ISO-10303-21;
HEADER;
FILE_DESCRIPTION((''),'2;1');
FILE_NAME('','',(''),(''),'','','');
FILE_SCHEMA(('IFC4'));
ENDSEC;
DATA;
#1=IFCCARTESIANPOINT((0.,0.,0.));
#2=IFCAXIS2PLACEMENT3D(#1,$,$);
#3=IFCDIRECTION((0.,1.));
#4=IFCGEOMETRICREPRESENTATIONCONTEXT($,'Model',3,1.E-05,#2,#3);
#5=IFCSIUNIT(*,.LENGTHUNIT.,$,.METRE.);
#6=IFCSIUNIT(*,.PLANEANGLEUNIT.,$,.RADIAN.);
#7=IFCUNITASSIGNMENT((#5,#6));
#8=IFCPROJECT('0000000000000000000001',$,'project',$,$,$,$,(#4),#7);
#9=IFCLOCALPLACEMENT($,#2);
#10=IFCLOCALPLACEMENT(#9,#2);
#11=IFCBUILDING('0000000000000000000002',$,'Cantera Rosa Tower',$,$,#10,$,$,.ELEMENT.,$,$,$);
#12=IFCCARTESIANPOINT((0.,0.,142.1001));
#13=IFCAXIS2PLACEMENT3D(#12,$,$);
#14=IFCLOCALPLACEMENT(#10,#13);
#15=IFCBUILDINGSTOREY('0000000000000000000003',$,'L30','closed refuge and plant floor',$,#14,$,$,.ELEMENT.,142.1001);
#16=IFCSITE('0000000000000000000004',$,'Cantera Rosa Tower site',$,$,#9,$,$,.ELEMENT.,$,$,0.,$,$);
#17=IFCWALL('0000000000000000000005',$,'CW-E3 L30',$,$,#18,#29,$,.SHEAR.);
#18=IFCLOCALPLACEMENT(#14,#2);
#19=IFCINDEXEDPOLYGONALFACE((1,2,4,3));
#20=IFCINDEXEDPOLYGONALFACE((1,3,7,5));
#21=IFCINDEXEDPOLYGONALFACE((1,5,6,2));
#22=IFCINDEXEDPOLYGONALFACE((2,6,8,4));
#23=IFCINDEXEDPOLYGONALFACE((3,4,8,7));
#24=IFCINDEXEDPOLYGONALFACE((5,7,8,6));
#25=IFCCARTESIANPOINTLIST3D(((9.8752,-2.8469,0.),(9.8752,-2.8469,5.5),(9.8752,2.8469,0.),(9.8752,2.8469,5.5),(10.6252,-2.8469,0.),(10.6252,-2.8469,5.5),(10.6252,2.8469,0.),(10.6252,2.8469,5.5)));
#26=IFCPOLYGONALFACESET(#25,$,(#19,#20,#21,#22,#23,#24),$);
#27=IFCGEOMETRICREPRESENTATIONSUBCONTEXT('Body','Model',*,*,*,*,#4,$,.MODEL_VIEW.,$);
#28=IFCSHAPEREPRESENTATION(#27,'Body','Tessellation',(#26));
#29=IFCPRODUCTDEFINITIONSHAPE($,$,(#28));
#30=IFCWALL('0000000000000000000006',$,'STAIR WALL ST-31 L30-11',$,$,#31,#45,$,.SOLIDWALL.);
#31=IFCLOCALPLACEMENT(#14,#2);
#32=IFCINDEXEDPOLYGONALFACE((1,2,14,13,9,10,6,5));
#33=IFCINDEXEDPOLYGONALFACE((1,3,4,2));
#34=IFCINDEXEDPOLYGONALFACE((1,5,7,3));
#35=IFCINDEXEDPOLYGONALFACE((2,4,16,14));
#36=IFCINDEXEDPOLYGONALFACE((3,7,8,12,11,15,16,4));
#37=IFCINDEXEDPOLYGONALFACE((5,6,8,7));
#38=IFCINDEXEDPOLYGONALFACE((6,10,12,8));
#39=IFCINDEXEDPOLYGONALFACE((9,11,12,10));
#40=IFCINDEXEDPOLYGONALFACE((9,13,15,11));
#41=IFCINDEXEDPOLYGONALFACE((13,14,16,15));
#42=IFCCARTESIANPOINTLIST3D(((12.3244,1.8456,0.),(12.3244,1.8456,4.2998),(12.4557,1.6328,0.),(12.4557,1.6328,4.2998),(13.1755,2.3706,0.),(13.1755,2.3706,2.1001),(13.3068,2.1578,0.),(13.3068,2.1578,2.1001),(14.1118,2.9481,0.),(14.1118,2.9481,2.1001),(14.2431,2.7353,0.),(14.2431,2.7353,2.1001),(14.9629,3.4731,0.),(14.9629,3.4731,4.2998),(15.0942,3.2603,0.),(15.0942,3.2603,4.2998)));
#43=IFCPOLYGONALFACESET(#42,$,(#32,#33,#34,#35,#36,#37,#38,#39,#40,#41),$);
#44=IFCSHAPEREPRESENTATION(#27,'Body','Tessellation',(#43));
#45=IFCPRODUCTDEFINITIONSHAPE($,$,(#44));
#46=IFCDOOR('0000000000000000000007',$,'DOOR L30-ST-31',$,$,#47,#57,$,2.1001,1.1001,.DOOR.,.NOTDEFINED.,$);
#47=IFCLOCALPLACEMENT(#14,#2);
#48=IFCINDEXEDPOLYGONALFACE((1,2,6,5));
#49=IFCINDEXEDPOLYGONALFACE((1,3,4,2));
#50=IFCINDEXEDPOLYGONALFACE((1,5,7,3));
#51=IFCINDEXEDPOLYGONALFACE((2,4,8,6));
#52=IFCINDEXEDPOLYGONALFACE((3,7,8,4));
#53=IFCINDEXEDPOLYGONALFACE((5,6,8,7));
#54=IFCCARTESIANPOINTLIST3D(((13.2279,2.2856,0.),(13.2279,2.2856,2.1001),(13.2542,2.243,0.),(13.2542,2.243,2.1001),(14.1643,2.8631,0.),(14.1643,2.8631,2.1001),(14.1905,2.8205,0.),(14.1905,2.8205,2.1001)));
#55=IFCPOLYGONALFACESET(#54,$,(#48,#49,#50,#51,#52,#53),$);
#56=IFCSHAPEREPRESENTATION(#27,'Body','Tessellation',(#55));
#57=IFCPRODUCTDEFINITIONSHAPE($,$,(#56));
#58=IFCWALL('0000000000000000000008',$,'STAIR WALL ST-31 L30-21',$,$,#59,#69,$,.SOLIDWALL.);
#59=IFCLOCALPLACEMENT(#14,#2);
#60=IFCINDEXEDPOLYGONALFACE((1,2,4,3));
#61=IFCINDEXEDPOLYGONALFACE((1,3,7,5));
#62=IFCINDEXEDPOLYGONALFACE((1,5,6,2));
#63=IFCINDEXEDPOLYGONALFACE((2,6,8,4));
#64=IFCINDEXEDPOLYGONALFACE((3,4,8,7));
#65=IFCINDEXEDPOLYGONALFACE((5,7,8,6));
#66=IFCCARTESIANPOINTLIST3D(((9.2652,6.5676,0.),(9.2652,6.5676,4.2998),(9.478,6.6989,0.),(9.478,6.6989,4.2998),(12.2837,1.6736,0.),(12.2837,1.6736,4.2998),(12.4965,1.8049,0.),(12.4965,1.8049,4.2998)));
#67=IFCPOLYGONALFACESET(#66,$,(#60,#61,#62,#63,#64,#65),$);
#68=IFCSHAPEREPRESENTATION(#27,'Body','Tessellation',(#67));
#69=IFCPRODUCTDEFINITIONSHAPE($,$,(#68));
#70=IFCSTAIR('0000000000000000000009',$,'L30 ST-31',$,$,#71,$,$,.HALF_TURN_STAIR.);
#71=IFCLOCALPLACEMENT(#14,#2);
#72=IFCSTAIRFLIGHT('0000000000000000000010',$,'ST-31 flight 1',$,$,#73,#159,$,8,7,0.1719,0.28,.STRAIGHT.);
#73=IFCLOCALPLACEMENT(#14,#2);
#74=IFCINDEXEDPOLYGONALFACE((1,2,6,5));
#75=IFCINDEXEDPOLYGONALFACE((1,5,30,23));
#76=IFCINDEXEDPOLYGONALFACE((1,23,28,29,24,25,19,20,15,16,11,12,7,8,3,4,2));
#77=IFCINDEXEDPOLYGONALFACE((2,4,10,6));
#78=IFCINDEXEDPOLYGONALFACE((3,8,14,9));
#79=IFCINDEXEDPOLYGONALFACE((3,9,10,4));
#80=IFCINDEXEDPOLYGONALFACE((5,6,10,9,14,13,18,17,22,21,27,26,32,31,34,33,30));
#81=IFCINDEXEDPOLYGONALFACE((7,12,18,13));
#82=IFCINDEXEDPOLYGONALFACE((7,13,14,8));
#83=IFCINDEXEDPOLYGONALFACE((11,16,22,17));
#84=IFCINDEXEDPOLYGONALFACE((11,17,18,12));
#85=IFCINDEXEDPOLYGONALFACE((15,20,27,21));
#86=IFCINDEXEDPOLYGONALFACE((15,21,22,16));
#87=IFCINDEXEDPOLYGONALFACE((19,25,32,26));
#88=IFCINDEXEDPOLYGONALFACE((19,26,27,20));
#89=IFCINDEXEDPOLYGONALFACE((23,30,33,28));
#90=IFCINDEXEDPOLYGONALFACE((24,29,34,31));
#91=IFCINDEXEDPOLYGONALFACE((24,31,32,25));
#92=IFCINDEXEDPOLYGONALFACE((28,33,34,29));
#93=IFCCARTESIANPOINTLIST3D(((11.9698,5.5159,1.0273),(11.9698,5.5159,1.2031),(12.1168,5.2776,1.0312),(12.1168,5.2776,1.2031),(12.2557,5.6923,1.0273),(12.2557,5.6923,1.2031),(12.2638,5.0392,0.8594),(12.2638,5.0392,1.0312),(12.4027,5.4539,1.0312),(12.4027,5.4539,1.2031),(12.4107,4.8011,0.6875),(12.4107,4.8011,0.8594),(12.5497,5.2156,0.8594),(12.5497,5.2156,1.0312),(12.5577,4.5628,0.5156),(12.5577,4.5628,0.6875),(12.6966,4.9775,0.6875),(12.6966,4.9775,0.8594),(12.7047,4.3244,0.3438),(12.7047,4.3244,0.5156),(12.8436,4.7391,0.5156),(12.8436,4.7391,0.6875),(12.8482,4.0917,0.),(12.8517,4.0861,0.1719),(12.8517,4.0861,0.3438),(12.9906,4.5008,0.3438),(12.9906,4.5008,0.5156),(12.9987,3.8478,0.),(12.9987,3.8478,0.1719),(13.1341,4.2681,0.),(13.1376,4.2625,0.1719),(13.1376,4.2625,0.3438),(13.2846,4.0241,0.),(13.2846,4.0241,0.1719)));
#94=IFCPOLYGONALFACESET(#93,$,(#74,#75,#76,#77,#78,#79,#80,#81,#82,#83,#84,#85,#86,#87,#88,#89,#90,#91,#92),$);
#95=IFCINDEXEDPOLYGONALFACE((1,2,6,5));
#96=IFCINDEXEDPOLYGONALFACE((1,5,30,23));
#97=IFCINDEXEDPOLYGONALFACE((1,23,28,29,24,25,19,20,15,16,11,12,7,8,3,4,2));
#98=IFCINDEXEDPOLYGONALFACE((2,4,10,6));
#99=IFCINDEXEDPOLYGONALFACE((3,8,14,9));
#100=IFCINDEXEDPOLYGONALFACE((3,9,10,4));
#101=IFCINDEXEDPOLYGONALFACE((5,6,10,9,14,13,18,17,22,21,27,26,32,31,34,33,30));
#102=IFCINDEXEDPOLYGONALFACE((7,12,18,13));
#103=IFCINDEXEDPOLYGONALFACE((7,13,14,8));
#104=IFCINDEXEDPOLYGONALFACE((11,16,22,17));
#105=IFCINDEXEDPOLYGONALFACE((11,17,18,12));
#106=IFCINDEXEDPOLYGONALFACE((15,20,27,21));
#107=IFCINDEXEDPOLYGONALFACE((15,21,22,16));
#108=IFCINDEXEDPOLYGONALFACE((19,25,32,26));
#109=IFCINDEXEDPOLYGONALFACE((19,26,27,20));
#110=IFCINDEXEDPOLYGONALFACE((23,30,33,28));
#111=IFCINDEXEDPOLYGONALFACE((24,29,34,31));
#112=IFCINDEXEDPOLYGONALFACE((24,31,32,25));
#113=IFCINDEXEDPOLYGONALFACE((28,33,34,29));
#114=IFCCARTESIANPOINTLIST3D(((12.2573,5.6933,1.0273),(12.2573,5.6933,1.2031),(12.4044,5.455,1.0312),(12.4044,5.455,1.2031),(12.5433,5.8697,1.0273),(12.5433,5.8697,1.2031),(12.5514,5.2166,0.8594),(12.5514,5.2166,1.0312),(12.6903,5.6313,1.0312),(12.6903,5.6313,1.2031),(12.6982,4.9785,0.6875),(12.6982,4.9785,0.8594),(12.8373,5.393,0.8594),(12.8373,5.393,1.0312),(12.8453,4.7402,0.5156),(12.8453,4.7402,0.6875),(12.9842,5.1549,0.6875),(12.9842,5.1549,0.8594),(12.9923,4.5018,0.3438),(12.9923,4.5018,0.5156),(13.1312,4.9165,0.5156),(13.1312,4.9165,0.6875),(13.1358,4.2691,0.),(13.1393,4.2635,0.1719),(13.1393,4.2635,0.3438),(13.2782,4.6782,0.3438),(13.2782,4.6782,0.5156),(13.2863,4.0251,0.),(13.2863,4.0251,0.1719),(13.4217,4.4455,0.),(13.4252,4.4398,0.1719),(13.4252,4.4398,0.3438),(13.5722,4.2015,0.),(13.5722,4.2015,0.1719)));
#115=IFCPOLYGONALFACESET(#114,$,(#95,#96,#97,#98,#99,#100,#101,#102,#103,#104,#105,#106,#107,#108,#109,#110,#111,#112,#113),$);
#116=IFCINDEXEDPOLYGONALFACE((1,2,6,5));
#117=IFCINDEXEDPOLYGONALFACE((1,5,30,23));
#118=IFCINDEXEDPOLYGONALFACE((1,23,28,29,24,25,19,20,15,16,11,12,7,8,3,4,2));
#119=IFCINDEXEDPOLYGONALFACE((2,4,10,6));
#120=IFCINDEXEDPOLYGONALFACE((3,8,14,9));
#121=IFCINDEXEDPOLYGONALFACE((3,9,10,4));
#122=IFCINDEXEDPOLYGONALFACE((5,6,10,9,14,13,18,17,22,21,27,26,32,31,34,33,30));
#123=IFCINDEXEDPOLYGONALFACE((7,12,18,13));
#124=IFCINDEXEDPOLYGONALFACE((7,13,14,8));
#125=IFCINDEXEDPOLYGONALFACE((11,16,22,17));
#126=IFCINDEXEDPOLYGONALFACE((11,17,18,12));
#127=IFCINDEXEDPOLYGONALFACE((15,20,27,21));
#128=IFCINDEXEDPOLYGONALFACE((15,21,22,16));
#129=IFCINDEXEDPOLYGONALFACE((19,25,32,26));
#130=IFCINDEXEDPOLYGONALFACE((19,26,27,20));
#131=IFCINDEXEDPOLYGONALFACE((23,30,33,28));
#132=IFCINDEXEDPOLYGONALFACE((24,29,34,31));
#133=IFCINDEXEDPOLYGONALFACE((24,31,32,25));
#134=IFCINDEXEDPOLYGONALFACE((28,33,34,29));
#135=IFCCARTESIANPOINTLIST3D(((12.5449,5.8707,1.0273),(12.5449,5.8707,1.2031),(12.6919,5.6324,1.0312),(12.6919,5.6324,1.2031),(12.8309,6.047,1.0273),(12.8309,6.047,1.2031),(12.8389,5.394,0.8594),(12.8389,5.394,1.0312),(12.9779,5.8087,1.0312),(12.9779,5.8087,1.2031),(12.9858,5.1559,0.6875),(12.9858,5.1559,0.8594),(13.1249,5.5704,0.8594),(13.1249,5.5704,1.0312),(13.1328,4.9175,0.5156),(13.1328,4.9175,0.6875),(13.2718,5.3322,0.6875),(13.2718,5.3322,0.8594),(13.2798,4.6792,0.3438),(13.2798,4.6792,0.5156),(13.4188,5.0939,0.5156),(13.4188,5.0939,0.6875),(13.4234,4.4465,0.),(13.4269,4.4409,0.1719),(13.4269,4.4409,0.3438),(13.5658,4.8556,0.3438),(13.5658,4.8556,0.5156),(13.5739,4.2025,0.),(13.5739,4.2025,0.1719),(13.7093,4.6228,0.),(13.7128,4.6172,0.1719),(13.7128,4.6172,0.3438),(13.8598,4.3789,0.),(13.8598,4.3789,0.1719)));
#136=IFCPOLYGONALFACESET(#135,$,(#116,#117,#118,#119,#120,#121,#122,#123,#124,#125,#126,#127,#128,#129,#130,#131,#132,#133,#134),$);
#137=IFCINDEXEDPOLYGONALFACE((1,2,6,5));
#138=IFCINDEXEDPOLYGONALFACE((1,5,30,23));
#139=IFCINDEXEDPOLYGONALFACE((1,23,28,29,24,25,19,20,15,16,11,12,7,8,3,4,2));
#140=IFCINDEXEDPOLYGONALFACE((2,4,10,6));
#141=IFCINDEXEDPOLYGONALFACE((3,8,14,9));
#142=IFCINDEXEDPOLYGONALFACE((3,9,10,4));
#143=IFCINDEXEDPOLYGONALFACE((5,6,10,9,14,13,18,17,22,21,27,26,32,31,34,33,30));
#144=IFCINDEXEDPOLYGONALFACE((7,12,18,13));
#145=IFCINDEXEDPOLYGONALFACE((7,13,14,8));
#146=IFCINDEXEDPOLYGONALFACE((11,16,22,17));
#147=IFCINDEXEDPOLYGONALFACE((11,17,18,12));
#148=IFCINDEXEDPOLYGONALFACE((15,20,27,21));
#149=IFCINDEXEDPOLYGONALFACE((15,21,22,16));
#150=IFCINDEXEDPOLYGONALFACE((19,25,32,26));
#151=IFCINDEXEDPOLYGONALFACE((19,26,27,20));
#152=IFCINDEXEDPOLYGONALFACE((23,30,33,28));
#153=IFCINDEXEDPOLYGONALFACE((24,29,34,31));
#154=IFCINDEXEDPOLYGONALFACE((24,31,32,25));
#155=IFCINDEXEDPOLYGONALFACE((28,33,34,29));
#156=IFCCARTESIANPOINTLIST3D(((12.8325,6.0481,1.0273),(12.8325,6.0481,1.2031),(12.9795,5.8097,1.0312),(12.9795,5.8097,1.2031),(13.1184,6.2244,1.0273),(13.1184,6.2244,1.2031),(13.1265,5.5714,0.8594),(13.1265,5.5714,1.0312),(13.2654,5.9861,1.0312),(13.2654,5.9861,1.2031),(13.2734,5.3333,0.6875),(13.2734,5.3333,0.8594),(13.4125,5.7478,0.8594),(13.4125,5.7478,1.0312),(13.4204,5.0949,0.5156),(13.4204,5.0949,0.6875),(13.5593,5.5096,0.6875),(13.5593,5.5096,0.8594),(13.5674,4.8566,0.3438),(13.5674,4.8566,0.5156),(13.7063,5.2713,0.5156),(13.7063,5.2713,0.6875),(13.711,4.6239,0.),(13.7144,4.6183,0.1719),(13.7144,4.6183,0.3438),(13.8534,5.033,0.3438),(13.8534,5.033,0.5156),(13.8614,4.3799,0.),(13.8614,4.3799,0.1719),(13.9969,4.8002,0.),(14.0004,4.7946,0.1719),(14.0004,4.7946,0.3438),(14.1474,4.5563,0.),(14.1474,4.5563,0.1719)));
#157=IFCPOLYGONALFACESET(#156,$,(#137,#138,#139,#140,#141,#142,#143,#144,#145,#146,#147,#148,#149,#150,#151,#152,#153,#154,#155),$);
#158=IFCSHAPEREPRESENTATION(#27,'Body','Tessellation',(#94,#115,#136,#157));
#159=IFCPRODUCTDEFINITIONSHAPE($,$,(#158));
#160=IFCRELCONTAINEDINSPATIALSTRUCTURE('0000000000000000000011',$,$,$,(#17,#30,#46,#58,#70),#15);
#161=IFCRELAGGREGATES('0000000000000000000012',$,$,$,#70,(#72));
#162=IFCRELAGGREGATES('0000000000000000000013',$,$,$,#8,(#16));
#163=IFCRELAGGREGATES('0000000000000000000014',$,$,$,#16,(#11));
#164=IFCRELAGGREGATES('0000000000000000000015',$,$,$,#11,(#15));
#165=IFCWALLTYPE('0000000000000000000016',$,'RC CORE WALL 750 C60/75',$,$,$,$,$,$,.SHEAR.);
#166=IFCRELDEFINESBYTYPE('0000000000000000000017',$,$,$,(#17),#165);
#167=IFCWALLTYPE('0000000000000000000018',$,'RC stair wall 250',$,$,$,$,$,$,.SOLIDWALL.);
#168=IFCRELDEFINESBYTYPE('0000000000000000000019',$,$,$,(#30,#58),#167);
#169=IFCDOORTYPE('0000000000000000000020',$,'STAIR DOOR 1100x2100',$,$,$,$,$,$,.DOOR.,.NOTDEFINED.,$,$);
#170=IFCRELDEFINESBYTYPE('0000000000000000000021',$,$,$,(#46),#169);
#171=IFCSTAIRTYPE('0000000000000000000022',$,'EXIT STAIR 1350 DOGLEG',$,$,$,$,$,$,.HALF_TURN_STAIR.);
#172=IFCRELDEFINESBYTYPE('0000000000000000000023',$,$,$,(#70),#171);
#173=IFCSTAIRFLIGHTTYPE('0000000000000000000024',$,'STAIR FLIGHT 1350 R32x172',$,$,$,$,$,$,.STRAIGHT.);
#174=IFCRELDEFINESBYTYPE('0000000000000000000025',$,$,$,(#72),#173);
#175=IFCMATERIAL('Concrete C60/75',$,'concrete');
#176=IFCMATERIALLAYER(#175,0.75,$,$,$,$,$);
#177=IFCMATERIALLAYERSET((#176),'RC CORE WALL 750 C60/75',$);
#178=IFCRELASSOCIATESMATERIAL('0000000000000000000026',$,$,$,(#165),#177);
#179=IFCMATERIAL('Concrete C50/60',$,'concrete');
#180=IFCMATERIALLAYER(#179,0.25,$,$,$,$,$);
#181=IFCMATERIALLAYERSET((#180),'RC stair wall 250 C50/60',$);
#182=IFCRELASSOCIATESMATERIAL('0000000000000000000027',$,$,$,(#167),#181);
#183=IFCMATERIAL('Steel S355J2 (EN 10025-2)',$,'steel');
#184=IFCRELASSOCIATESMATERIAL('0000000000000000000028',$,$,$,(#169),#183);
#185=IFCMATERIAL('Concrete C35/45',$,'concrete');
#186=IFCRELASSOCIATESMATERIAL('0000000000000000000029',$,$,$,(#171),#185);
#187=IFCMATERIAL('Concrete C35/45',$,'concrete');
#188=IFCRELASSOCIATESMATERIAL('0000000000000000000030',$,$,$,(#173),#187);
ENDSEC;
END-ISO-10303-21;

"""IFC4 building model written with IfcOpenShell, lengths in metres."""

from ifc_helpers import new_model, si_unit, direction, frame, frame_2d, origin, place, context, subcontext, project, spatial, polyline, rectangle, outline, extrude, material, layer, layer_set, type_object, element, fill, aggregate, save


model = new_model("IFC4")

# Units and contexts
model_context = context("Model", 3, precision=1e-05, world=origin(), true_north=direction((0.0, 1.0)))
body_context = subcontext(model_context, "Body", "Model", "MODEL_VIEW")
ifc_project = project(units=[si_unit("LENGTHUNIT", "METRE"), si_unit("PLANEANGLEUNIT", "RADIAN")], contexts=[model_context])

# Site, building, storey
site_placement = place(None, origin())
site = spatial("IfcSite", under=ifc_project, at=site_placement, Name="Cantera Rosa Tower site", CompositionType="ELEMENT", RefElevation=0.0)
building_placement = place(site_placement, origin())
building = spatial("IfcBuilding", under=site, at=building_placement, Name="Cantera Rosa Tower", CompositionType="ELEMENT")
storey_placement = place(building_placement, frame((0.0, 0.0, 142.1001)))
storey = spatial("IfcBuildingStorey", under=building, at=storey_placement, Name="L30", Description="closed refuge and plant floor", CompositionType="ELEMENT", Elevation=142.1001)

# Wall
ifc_material_1 = material(Name="Concrete C60/75", Category="concrete")
ifc_layer_1 = layer(ifc_material_1, 0.75)
ifc_layer_set_1 = layer_set([ifc_layer_1], Name="RC CORE WALL 750 C60/75")
wall_type_1 = type_object("IfcWallType", Name="RC CORE WALL 750 C60/75", PredefinedType="SHEAR", material=ifc_layer_set_1)
wall_1_placement = place(storey_placement, frame((10.2502, 2.8469, 0.0), z_axis=(0.0, 0.0, 1.0), x_axis=(0.0, -1.0, 0.0)))
element("IfcWall", 1, at=wall_1_placement, inside=storey, type_object=wall_type_1, Name="CW-E3 L30", PredefinedType="SHEAR", context=body_context, shape_type="SweptSolid", body=[
    extrude(rectangle(XDim=5.6938, YDim=0.75, at=frame_2d((2.8469, 0.0))), origin(), (0.0, 0.0, 1.0), 5.5),
])

# Wall, opening, door
ifc_material_2 = material(Name="Concrete C50/60", Category="concrete")
ifc_layer_2 = layer(ifc_material_2, 0.25)
ifc_layer_set_2 = layer_set([ifc_layer_2], Name="RC stair wall 250 C50/60")
wall_type_2 = type_object("IfcWallType", Name="RC stair wall 250", PredefinedType="SOLIDWALL", material=ifc_layer_set_2)
wall_2_placement = place(storey_placement, frame((15.0286, 3.3667, 0.0), z_axis=(0.0, 0.0, 1.0), x_axis=(-0.851112, -0.524985, 0.0)))
wall_2 = element("IfcWall", 2, at=wall_2_placement, inside=storey, type_object=wall_type_2, Name="STAIR WALL ST-31 L30-11", PredefinedType="SOLIDWALL", context=body_context, shape_type="SweptSolid", body=[
    extrude(rectangle(XDim=3.1001, YDim=0.25, at=frame_2d((1.55, 0.0))), origin(), (0.0, 0.0, 1.0), 4.2998),
])
opening_placement = place(wall_2_placement, frame((1.0, 0.0, 0.0)))
opening = element("IfcOpeningElement", 3, at=opening_placement, cuts=wall_2, PredefinedType="OPENING", context=body_context, shape_type="SweptSolid", body=[
    extrude(rectangle(XDim=1.1001, YDim=2.1001, at=frame_2d((0.55, 1.05))), frame((0.0, 0.135, 0.0), z_axis=(0.0, -1.0, 0.0), x_axis=(1.0, 0.0, 0.0)), (0.0, 0.0, 1.0), 0.27),
])
ifc_material_3 = material(Name="Steel S355J2 (EN 10025-2)", Category="steel")
door_type = type_object("IfcDoorType", Name="STAIR DOOR 1100x2100", OperationType="NOTDEFINED", PredefinedType="DOOR", material=ifc_material_3)
door_placement = place(opening_placement, origin())
door = element("IfcDoor", 4, at=door_placement, inside=storey, type_object=door_type, Name="DOOR L30-ST-31", OperationType="NOTDEFINED", OverallHeight=2.1001, OverallWidth=1.1001, PredefinedType="DOOR", context=body_context, shape_type="SweptSolid", body=[
    extrude(rectangle(XDim=1.1001, YDim=2.1001, at=frame_2d((0.55, 1.05))), frame((0.0, 0.0249, 0.0), z_axis=(0.0, -1.0, 0.0), x_axis=(1.0, 0.0, 0.0)), (0.0, 0.0, 1.0), 0.05),
])
fill(opening, door)

# Wall
wall_3_placement = place(storey_placement, frame((12.3901, 1.7393, 0.0), z_axis=(0.0, 0.0, 1.0), x_axis=(-0.524959, 0.851127, 0.0)))
element("IfcWall", 5, at=wall_3_placement, inside=storey, type_object=wall_type_2, Name="STAIR WALL ST-31 L30-21", PredefinedType="SOLIDWALL", context=body_context, shape_type="SweptSolid", body=[
    extrude(rectangle(XDim=5.75, YDim=0.25, at=frame_2d((2.875, 0.0))), origin(), (0.0, 0.0, 1.0), 4.2998),
])

# Stair, stair flight
ifc_material_4 = material(Name="Concrete C35/45", Category="concrete")
stair_type = type_object("IfcStairType", Name="EXIT STAIR 1350 DOGLEG", PredefinedType="HALF_TURN_STAIR", material=ifc_material_4)
stair_1_placement = place(storey_placement, origin())
stair_1 = element("IfcStair", 6, at=stair_1_placement, inside=storey, type_object=stair_type, Name="L30 ST-31", PredefinedType="HALF_TURN_STAIR")
ifc_material_5 = material(Name="Concrete C35/45", Category="concrete")
stair_flight_type = type_object("IfcStairFlightType", Name="STAIR FLIGHT 1350 R32x172", PredefinedType="STRAIGHT", material=ifc_material_5)
stair_flight_1_placement = place(storey_placement, frame((13.5732, 4.2021, 0.0), z_axis=(0.0, 0.0, 1.0), x_axis=(-0.524977, 0.851117, 0.0)))
stair_flight_1 = element("IfcStairFlight", 7, at=stair_flight_1_placement, type_object=stair_flight_type, Name="ST-31 flight 1", NumberOfRisers=8, NumberOfTreads=7, PredefinedType="STRAIGHT", RiserHeight=0.1719, TreadLength=0.28, context=body_context, shape_type="SweptSolid", body=[
    extrude(outline(polyline([(0.0, 0.0), (0.0, 0.1719), (0.28, 0.1719), (0.28, 0.3438), (0.5601, 0.3438), (0.5601, 0.5156), (0.8401, 0.5156), (0.8401, 0.6875), (1.1201, 0.6875), (1.1201, 0.8594), (1.3999, 0.8594), (1.3999, 1.0312), (1.6799, 1.0312), (1.6799, 1.2031), (1.96, 1.2031), (1.96, 1.375), (1.96, 1.0273), (0.2866, 0.0), (0.0, 0.0)])), frame((0.0, 0.675, 0.0), z_axis=(0.0, -1.0, 0.0), x_axis=(1.0, 0.0, 0.0)), (0.0, 0.0, 1.0), 0.3359),
    extrude(outline(polyline([(0.0, 0.0), (0.0, 0.1719), (0.28, 0.1719), (0.28, 0.3438), (0.5601, 0.3438), (0.5601, 0.5156), (0.8401, 0.5156), (0.8401, 0.6875), (1.1201, 0.6875), (1.1201, 0.8594), (1.3999, 0.8594), (1.3999, 1.0312), (1.6799, 1.0312), (1.6799, 1.2031), (1.96, 1.2031), (1.96, 1.375), (1.96, 1.0273), (0.2866, 0.0), (0.0, 0.0)])), frame((0.0, 0.3372, 0.0), z_axis=(0.0, -1.0, 0.0), x_axis=(1.0, 0.0, 0.0)), (0.0, 0.0, 1.0), 0.3359),
    extrude(outline(polyline([(0.0, 0.0), (0.0, 0.1719), (0.28, 0.1719), (0.28, 0.3438), (0.5601, 0.3438), (0.5601, 0.5156), (0.8401, 0.5156), (0.8401, 0.6875), (1.1201, 0.6875), (1.1201, 0.8594), (1.3999, 0.8594), (1.3999, 1.0312), (1.6799, 1.0312), (1.6799, 1.2031), (1.96, 1.2031), (1.96, 1.375), (1.96, 1.0273), (0.2866, 0.0), (0.0, 0.0)])), frame((0.0, -0.0007, 0.0), z_axis=(0.0, -1.0, 0.0), x_axis=(1.0, 0.0, 0.0)), (0.0, 0.0, 1.0), 0.3359),
    extrude(outline(polyline([(0.0, 0.0), (0.0, 0.1719), (0.28, 0.1719), (0.28, 0.3438), (0.5601, 0.3438), (0.5601, 0.5156), (0.8401, 0.5156), (0.8401, 0.6875), (1.1201, 0.6875), (1.1201, 0.8594), (1.3999, 0.8594), (1.3999, 1.0312), (1.6799, 1.0312), (1.6799, 1.2031), (1.96, 1.2031), (1.96, 1.375), (1.96, 1.0273), (0.2866, 0.0), (0.0, 0.0)])), frame((0.0, -0.3386, 0.0), z_axis=(0.0, -1.0, 0.0), x_axis=(1.0, 0.0, 0.0)), (0.0, 0.0, 1.0), 0.3359),
])
aggregate(stair_1, [stair_flight_1])

save(model, "model.ifc")
